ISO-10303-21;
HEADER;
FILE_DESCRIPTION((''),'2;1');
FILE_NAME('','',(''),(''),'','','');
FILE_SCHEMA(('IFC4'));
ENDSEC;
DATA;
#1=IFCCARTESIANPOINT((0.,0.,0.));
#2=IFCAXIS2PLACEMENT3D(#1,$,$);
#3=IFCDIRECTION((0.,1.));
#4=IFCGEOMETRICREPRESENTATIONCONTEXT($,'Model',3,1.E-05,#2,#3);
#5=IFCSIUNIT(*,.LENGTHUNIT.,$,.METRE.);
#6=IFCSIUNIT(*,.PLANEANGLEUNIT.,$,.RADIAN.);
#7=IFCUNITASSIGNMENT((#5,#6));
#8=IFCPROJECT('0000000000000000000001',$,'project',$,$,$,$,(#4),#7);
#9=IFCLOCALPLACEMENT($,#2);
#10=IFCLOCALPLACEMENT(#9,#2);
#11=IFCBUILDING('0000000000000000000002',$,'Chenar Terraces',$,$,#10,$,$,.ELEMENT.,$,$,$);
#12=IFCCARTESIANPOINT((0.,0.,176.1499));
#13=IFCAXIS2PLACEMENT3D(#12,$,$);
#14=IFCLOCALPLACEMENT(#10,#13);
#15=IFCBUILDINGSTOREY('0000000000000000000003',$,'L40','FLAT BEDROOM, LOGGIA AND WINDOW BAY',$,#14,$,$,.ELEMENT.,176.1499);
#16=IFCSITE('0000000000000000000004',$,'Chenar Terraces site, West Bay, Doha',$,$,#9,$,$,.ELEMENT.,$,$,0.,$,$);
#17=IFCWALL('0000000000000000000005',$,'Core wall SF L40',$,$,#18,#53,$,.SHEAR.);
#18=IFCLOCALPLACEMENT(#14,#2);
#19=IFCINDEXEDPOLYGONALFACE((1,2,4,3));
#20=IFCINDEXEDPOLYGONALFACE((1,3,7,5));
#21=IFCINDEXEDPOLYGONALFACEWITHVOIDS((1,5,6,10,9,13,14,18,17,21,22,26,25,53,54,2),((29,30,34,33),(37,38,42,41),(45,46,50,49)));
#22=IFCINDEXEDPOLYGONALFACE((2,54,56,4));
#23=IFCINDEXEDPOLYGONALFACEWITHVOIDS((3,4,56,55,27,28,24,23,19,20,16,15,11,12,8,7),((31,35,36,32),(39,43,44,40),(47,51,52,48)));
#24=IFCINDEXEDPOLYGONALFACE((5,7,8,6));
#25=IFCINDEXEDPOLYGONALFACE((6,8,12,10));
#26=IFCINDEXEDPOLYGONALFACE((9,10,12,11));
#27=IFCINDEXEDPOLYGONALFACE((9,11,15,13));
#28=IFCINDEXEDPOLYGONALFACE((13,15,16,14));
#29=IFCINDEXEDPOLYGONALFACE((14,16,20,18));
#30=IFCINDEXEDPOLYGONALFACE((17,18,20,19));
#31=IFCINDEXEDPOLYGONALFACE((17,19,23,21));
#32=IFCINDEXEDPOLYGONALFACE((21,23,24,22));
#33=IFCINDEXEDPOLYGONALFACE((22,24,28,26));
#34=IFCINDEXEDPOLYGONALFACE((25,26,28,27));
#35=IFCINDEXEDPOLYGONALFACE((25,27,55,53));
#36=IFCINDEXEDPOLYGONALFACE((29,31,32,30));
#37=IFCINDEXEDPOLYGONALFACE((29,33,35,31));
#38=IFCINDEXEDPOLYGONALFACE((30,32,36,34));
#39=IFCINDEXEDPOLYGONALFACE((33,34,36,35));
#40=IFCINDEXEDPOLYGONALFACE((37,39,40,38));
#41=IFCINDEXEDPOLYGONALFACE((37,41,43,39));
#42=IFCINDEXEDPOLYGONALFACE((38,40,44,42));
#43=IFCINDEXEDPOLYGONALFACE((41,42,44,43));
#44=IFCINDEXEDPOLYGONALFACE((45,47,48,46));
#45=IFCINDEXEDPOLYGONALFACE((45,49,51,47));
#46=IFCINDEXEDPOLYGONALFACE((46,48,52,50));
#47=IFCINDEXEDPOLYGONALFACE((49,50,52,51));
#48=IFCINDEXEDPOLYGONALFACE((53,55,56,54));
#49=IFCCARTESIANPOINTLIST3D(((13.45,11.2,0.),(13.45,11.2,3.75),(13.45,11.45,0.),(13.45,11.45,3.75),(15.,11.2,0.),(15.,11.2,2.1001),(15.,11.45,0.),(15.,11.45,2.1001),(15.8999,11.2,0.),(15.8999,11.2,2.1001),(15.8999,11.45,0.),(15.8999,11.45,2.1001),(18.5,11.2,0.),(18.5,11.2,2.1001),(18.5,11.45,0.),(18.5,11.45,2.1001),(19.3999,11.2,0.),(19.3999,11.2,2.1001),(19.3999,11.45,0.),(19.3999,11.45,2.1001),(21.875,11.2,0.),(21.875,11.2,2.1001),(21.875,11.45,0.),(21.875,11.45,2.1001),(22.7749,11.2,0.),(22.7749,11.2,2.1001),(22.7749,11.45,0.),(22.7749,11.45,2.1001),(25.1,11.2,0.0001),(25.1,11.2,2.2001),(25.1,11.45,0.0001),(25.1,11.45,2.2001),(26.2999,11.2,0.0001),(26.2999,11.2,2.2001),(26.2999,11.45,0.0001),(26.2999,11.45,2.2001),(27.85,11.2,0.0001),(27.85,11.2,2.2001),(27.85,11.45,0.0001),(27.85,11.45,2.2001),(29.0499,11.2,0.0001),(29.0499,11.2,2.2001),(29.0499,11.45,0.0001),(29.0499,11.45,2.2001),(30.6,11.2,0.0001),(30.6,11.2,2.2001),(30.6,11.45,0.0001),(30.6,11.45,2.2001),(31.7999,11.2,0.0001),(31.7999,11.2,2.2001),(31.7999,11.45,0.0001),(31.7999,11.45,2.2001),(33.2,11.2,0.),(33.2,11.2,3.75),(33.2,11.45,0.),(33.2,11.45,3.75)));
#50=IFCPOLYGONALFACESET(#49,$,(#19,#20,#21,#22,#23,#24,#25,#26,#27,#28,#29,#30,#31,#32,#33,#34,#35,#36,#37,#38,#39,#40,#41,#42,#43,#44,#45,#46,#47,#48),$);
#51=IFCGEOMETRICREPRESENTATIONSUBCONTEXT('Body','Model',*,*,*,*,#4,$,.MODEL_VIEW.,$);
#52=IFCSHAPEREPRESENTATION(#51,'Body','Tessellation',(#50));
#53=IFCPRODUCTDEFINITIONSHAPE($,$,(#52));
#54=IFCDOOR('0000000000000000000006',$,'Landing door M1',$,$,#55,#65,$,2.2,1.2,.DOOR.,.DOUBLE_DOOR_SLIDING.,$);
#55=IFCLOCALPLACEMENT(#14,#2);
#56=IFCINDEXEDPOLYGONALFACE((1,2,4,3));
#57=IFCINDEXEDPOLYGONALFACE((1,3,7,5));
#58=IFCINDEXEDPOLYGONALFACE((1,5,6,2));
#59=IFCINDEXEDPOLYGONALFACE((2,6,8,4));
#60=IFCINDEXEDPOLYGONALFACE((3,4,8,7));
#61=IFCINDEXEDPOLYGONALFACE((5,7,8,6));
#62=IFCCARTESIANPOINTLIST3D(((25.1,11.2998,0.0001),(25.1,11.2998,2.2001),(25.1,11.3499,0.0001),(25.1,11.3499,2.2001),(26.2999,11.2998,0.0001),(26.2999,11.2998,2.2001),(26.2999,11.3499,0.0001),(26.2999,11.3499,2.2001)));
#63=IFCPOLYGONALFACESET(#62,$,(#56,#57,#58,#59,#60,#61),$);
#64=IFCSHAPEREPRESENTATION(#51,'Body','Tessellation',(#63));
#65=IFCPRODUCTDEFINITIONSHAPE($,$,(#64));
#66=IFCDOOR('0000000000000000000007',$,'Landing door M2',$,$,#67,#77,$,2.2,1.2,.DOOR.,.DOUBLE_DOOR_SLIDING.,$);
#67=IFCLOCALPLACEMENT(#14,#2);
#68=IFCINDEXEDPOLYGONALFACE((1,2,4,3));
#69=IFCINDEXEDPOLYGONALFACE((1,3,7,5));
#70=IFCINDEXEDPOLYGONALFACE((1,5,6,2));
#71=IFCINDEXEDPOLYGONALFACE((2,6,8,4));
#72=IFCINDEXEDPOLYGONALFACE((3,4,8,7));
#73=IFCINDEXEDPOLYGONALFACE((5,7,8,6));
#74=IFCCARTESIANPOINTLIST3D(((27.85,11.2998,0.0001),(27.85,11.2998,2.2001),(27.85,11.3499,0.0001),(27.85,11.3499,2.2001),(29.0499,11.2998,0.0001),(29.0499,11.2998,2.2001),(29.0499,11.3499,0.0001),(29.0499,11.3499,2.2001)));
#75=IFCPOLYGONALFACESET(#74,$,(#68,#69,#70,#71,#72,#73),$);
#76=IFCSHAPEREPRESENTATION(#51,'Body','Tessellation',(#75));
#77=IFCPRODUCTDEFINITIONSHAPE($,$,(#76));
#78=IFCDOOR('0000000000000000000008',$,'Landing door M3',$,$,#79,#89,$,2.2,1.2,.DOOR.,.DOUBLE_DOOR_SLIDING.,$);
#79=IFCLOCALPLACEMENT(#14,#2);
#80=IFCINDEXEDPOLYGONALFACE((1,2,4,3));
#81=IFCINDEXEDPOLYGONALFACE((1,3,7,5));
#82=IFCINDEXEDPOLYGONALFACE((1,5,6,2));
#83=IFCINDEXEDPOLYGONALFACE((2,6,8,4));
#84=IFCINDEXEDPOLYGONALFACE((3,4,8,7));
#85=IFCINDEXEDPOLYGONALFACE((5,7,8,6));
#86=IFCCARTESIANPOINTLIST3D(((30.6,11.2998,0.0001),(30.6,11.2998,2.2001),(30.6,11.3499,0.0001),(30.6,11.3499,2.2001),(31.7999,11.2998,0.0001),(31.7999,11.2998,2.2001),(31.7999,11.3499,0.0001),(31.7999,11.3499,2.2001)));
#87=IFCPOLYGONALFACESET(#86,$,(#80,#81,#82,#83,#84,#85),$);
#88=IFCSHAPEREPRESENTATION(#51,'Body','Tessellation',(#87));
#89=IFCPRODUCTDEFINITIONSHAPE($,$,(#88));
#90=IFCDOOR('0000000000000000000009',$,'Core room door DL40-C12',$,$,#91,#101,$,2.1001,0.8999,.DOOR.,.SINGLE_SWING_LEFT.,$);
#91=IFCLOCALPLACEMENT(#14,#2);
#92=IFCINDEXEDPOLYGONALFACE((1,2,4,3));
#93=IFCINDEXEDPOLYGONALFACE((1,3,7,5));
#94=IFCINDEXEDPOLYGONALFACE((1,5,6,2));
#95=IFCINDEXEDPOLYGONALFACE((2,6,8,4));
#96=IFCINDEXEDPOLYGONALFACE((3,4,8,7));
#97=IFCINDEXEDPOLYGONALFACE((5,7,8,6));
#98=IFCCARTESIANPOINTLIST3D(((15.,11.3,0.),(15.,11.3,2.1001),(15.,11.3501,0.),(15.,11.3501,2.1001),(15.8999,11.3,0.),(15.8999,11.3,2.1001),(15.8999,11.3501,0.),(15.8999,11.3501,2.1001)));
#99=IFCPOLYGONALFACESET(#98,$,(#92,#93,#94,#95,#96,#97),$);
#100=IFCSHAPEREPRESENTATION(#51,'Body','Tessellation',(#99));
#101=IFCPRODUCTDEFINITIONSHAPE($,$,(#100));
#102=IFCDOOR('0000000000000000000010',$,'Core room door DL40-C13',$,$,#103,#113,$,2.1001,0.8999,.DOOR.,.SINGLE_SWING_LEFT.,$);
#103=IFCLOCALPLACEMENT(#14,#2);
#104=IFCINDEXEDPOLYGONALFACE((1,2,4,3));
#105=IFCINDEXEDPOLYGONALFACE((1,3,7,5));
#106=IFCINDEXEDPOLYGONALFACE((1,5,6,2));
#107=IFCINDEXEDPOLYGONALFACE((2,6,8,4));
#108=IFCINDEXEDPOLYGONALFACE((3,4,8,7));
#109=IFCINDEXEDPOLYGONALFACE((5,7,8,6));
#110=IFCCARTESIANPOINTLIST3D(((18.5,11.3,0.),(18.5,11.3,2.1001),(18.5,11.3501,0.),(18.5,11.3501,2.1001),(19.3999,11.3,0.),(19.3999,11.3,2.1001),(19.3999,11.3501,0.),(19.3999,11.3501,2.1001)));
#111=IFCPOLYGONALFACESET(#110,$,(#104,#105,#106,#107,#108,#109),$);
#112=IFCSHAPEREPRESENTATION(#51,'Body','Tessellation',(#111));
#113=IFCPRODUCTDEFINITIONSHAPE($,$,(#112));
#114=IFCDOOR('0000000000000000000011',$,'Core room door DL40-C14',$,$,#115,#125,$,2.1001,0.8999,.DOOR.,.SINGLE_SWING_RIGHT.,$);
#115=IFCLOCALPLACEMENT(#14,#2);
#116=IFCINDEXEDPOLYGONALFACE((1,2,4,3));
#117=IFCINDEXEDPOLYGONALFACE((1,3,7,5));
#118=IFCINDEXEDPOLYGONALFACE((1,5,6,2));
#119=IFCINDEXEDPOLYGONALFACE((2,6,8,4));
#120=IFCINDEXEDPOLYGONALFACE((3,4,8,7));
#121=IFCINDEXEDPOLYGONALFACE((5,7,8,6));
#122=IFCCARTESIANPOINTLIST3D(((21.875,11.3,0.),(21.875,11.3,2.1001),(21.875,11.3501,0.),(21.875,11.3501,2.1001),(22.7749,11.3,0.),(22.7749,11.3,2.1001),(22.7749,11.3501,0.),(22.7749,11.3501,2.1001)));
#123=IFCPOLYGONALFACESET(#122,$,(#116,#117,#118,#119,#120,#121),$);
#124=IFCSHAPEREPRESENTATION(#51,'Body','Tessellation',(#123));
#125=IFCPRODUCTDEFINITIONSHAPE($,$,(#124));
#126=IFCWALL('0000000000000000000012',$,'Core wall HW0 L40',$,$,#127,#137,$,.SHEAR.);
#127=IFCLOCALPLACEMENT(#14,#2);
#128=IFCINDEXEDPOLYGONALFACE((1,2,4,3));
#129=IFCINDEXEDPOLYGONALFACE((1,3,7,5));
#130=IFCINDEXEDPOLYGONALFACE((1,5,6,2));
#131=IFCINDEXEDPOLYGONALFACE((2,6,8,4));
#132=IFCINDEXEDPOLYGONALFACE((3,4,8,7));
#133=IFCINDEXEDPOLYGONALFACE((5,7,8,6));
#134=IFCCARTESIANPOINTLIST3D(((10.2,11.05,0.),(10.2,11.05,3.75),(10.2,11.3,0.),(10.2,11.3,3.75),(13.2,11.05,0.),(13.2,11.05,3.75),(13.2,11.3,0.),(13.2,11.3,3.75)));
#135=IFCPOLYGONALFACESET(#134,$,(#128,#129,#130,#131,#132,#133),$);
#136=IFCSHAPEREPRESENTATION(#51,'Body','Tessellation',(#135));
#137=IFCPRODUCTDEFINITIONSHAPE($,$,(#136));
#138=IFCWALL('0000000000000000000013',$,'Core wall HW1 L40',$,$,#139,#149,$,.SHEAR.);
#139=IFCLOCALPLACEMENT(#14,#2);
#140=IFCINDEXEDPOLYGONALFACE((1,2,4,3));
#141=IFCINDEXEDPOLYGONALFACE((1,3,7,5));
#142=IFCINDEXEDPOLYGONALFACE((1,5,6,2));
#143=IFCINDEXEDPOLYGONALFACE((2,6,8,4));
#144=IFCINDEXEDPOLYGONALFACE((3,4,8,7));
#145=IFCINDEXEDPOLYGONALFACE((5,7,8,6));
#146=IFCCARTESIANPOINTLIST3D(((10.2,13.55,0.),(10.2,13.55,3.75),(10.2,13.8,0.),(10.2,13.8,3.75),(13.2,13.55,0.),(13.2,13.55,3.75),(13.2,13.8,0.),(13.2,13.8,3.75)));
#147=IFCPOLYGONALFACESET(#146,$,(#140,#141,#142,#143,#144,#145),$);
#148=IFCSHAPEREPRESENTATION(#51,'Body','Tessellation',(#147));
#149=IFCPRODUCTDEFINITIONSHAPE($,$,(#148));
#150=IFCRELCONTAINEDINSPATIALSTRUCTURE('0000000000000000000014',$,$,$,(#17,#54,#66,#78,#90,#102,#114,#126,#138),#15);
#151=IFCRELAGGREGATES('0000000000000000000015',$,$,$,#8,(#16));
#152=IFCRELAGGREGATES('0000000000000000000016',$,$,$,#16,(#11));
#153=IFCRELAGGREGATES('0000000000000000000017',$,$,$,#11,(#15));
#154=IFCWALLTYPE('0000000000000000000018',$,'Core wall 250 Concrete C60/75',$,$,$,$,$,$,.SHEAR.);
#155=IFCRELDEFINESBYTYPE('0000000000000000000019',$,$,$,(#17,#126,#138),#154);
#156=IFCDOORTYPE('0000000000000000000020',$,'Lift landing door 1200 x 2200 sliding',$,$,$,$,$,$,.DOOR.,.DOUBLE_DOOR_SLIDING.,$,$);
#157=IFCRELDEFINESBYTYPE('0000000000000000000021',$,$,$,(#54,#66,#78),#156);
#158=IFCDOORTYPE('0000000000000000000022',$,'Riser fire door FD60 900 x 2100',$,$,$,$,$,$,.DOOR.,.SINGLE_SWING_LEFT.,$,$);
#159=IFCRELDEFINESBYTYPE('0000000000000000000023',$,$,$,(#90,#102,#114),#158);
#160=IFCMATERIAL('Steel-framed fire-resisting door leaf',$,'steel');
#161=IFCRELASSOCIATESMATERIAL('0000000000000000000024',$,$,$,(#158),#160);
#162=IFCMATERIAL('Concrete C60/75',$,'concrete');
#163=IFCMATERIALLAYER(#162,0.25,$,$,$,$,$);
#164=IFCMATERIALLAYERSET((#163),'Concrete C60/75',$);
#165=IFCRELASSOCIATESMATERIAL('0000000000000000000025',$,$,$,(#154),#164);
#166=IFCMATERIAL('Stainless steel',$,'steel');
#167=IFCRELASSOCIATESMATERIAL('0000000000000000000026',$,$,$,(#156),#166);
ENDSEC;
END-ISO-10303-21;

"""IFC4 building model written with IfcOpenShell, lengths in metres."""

from ifc_helpers import new_model, si_unit, direction, frame, frame_2d, origin, place, context, subcontext, project, spatial, rectangle, extrude, material, layer, layer_set, type_object, element, fill, save


model = new_model("IFC4")

# Units and contexts
model_context = context("Model", 3, precision=1e-05, world=origin(), true_north=direction((0.0, 1.0)))
body_context = subcontext(model_context, "Body", "Model", "MODEL_VIEW")
ifc_project = project(units=[si_unit("LENGTHUNIT", "METRE"), si_unit("PLANEANGLEUNIT", "RADIAN")], contexts=[model_context])

# Site, building, storey
site_placement = place(None, origin())
site = spatial("IfcSite", under=ifc_project, at=site_placement, Name="Chenar Terraces site, West Bay, Doha", CompositionType="ELEMENT", RefElevation=0.0)
building_placement = place(site_placement, origin())
building = spatial("IfcBuilding", under=site, at=building_placement, Name="Chenar Terraces", CompositionType="ELEMENT")
storey_placement = place(building_placement, frame((0.0, 0.0, 176.1499)))
storey = spatial("IfcBuildingStorey", under=building, at=storey_placement, Name="L40", Description="FLAT BEDROOM, LOGGIA AND WINDOW BAY", CompositionType="ELEMENT", Elevation=176.1499)

# Shared definitions
ifc_material_1 = material(Name="Steel-framed fire-resisting door leaf", Category="steel")
door_type_1 = type_object("IfcDoorType", Name="Riser fire door FD60 900 x 2100", OperationType="SINGLE_SWING_LEFT", PredefinedType="DOOR", material=ifc_material_1)

# Shared definitions
ifc_material_2 = material(Name="Concrete C60/75", Category="concrete")
ifc_layer_1 = layer(ifc_material_2, 0.25)
ifc_layer_set_1 = layer_set([ifc_layer_1], Name="Concrete C60/75")
wall_type_1 = type_object("IfcWallType", Name="Core wall 250 Concrete C60/75", PredefinedType="SHEAR", material=ifc_layer_set_1)

# Wall, openings, doors
wall_1_placement = place(storey_placement, frame((13.45, 11.325, 0.0), z_axis=(0.0, 0.0, 1.0), x_axis=(1.0, 0.0, 0.0)))
wall_1 = element("IfcWall", 1, at=wall_1_placement, inside=storey, type_object=wall_type_1, Name="Core wall SF L40", PredefinedType="SHEAR", context=body_context, shape_type="SweptSolid", body=[
    extrude(rectangle(XDim=19.75, YDim=0.25, at=frame_2d((9.875, 0.0))), origin(), (0.0, 0.0, 1.0), 3.75),
])
opening_1_placement = place(wall_1_placement, frame((11.6499, 0.0, 0.0)))
opening_1 = element("IfcOpeningElement", 2, at=opening_1_placement, cuts=wall_1, PredefinedType="OPENING", context=body_context, shape_type="SweptSolid", body=[
    extrude(rectangle(XDim=1.2, YDim=2.2, at=frame_2d((0.6001, 1.1001))), frame((0.0, 0.135, 0.0), z_axis=(0.0, -1.0, 0.0), x_axis=(1.0, 0.0, 0.0)), (0.0, 0.0, 1.0), 0.27),
])
opening_2_placement = place(wall_1_placement, frame((14.3999, 0.0, 0.0)))
opening_2 = element("IfcOpeningElement", 3, at=opening_2_placement, cuts=wall_1, PredefinedType="OPENING", context=body_context, shape_type="SweptSolid", body=[
    extrude(rectangle(XDim=1.2, YDim=2.2, at=frame_2d((0.6001, 1.1001))), frame((0.0, 0.135, 0.0), z_axis=(0.0, -1.0, 0.0), x_axis=(1.0, 0.0, 0.0)), (0.0, 0.0, 1.0), 0.27),
])
opening_3_placement = place(wall_1_placement, frame((17.1499, 0.0, 0.0)))
opening_3 = element("IfcOpeningElement", 4, at=opening_3_placement, cuts=wall_1, PredefinedType="OPENING", context=body_context, shape_type="SweptSolid", body=[
    extrude(rectangle(XDim=1.2, YDim=2.2, at=frame_2d((0.6001, 1.1001))), frame((0.0, 0.135, 0.0), z_axis=(0.0, -1.0, 0.0), x_axis=(1.0, 0.0, 0.0)), (0.0, 0.0, 1.0), 0.27),
])
opening_4_placement = place(wall_1_placement, frame((1.55, 0.0, 0.0)))
opening_4 = element("IfcOpeningElement", 5, at=opening_4_placement, cuts=wall_1, PredefinedType="OPENING", context=body_context, shape_type="SweptSolid", body=[
    extrude(rectangle(XDim=0.8999, YDim=2.1001, at=frame_2d((0.45, 1.05))), frame((0.0, 0.135, 0.0), z_axis=(0.0, -1.0, 0.0), x_axis=(1.0, 0.0, 0.0)), (0.0, 0.0, 1.0), 0.27),
])
opening_5_placement = place(wall_1_placement, frame((5.05, 0.0, 0.0)))
opening_5 = element("IfcOpeningElement", 6, at=opening_5_placement, cuts=wall_1, PredefinedType="OPENING", context=body_context, shape_type="SweptSolid", body=[
    extrude(rectangle(XDim=0.8999, YDim=2.1001, at=frame_2d((0.45, 1.05))), frame((0.0, 0.135, 0.0), z_axis=(0.0, -1.0, 0.0), x_axis=(1.0, 0.0, 0.0)), (0.0, 0.0, 1.0), 0.27),
])
opening_6_placement = place(wall_1_placement, frame((8.425, 0.0, 0.0)))
opening_6 = element("IfcOpeningElement", 7, at=opening_6_placement, cuts=wall_1, PredefinedType="OPENING", context=body_context, shape_type="SweptSolid", body=[
    extrude(rectangle(XDim=0.8999, YDim=2.1001, at=frame_2d((0.45, 1.05))), frame((0.0, 0.135, 0.0), z_axis=(0.0, -1.0, 0.0), x_axis=(1.0, 0.0, 0.0)), (0.0, 0.0, 1.0), 0.27),
])
ifc_material_3 = material(Name="Stainless steel", Category="steel")
door_type_2 = type_object("IfcDoorType", Name="Lift landing door 1200 x 2200 sliding", OperationType="DOUBLE_DOOR_SLIDING", PredefinedType="DOOR", material=ifc_material_3)
door_1_placement = place(opening_1_placement, origin())
door_1 = element("IfcDoor", 8, at=door_1_placement, inside=storey, type_object=door_type_2, Name="Landing door M1", OperationType="DOUBLE_DOOR_SLIDING", OverallHeight=2.2, OverallWidth=1.2, PredefinedType="DOOR", context=body_context, shape_type="SweptSolid", body=[
    extrude(rectangle(XDim=1.2, YDim=2.2, at=frame_2d((0.6001, 1.1001))), frame((0.0, 0.0249, 0.0), z_axis=(0.0, -1.0, 0.0), x_axis=(1.0, 0.0, 0.0)), (0.0, 0.0, 1.0), 0.05),
])
fill(opening_1, door_1)
door_2_placement = place(opening_2_placement, origin())
door_2 = element("IfcDoor", 9, at=door_2_placement, inside=storey, type_object=door_type_2, Name="Landing door M2", OperationType="DOUBLE_DOOR_SLIDING", OverallHeight=2.2, OverallWidth=1.2, PredefinedType="DOOR", context=body_context, shape_type="SweptSolid", body=[
    extrude(rectangle(XDim=1.2, YDim=2.2, at=frame_2d((0.6001, 1.1001))), frame((0.0, 0.0249, 0.0), z_axis=(0.0, -1.0, 0.0), x_axis=(1.0, 0.0, 0.0)), (0.0, 0.0, 1.0), 0.05),
])
fill(opening_2, door_2)
door_3_placement = place(opening_3_placement, origin())
door_3 = element("IfcDoor", 10, at=door_3_placement, inside=storey, type_object=door_type_2, Name="Landing door M3", OperationType="DOUBLE_DOOR_SLIDING", OverallHeight=2.2, OverallWidth=1.2, PredefinedType="DOOR", context=body_context, shape_type="SweptSolid", body=[
    extrude(rectangle(XDim=1.2, YDim=2.2, at=frame_2d((0.6001, 1.1001))), frame((0.0, 0.0249, 0.0), z_axis=(0.0, -1.0, 0.0), x_axis=(1.0, 0.0, 0.0)), (0.0, 0.0, 1.0), 0.05),
])
fill(opening_3, door_3)
door_4_placement = place(opening_4_placement, frame((0.8999, 0.0, 0.0), z_axis=(0.0, 0.0, 1.0), x_axis=(-1.0, 0.0, 0.0)))
door_4 = element("IfcDoor", 11, at=door_4_placement, inside=storey, type_object=door_type_1, Name="Core room door DL40-C12", OperationType="SINGLE_SWING_LEFT", OverallHeight=2.1001, OverallWidth=0.8999, PredefinedType="DOOR", context=body_context, shape_type="SweptSolid", body=[
    extrude(rectangle(XDim=0.8999, YDim=2.1001, at=frame_2d((0.45, 1.05))), frame((0.0, 0.0249, 0.0), z_axis=(0.0, -1.0, 0.0), x_axis=(1.0, 0.0, 0.0)), (0.0, 0.0, 1.0), 0.05),
])
fill(opening_4, door_4)
door_5_placement = place(opening_5_placement, frame((0.8999, 0.0, 0.0), z_axis=(0.0, 0.0, 1.0), x_axis=(-1.0, 0.0, 0.0)))
door_5 = element("IfcDoor", 12, at=door_5_placement, inside=storey, type_object=door_type_1, Name="Core room door DL40-C13", OperationType="SINGLE_SWING_LEFT", OverallHeight=2.1001, OverallWidth=0.8999, PredefinedType="DOOR", context=body_context, shape_type="SweptSolid", body=[
    extrude(rectangle(XDim=0.8999, YDim=2.1001, at=frame_2d((0.45, 1.05))), frame((0.0, 0.0249, 0.0), z_axis=(0.0, -1.0, 0.0), x_axis=(1.0, 0.0, 0.0)), (0.0, 0.0, 1.0), 0.05),
])
fill(opening_5, door_5)
door_6_placement = place(opening_6_placement, frame((0.8999, 0.0, 0.0), z_axis=(0.0, 0.0, 1.0), x_axis=(-1.0, 0.0, 0.0)))
door_6 = element("IfcDoor", 13, at=door_6_placement, inside=storey, type_object=door_type_1, Name="Core room door DL40-C14", OperationType="SINGLE_SWING_RIGHT", OverallHeight=2.1001, OverallWidth=0.8999, PredefinedType="DOOR", context=body_context, shape_type="SweptSolid", body=[
    extrude(rectangle(XDim=0.8999, YDim=2.1001, at=frame_2d((0.45, 1.05))), frame((0.0, 0.0249, 0.0), z_axis=(0.0, -1.0, 0.0), x_axis=(1.0, 0.0, 0.0)), (0.0, 0.0, 1.0), 0.05),
])
fill(opening_6, door_6)

# Walls
for number, where, z_axis, x_axis, name in (
    (14, (10.2, 11.175, 0.0), (0.0, 0.0, 1.0), (1.0, 0.0, 0.0), "Core wall HW0 L40"),
    (15, (10.2, 13.675, 0.0), (0.0, 0.0, 1.0), (1.0, 0.0, 0.0), "Core wall HW1 L40"),
):
    element("IfcWall", number, at=place(storey_placement, frame(where, z_axis=z_axis, x_axis=x_axis)), inside=storey, type_object=wall_type_1, Name=name, PredefinedType="SHEAR", context=body_context, shape_type="SweptSolid", body=[
        extrude(rectangle(XDim=3.0, YDim=0.25, at=frame_2d((1.5, 0.0))), origin(), (0.0, 0.0, 1.0), 3.75),
    ])

save(model, "model.ifc")
